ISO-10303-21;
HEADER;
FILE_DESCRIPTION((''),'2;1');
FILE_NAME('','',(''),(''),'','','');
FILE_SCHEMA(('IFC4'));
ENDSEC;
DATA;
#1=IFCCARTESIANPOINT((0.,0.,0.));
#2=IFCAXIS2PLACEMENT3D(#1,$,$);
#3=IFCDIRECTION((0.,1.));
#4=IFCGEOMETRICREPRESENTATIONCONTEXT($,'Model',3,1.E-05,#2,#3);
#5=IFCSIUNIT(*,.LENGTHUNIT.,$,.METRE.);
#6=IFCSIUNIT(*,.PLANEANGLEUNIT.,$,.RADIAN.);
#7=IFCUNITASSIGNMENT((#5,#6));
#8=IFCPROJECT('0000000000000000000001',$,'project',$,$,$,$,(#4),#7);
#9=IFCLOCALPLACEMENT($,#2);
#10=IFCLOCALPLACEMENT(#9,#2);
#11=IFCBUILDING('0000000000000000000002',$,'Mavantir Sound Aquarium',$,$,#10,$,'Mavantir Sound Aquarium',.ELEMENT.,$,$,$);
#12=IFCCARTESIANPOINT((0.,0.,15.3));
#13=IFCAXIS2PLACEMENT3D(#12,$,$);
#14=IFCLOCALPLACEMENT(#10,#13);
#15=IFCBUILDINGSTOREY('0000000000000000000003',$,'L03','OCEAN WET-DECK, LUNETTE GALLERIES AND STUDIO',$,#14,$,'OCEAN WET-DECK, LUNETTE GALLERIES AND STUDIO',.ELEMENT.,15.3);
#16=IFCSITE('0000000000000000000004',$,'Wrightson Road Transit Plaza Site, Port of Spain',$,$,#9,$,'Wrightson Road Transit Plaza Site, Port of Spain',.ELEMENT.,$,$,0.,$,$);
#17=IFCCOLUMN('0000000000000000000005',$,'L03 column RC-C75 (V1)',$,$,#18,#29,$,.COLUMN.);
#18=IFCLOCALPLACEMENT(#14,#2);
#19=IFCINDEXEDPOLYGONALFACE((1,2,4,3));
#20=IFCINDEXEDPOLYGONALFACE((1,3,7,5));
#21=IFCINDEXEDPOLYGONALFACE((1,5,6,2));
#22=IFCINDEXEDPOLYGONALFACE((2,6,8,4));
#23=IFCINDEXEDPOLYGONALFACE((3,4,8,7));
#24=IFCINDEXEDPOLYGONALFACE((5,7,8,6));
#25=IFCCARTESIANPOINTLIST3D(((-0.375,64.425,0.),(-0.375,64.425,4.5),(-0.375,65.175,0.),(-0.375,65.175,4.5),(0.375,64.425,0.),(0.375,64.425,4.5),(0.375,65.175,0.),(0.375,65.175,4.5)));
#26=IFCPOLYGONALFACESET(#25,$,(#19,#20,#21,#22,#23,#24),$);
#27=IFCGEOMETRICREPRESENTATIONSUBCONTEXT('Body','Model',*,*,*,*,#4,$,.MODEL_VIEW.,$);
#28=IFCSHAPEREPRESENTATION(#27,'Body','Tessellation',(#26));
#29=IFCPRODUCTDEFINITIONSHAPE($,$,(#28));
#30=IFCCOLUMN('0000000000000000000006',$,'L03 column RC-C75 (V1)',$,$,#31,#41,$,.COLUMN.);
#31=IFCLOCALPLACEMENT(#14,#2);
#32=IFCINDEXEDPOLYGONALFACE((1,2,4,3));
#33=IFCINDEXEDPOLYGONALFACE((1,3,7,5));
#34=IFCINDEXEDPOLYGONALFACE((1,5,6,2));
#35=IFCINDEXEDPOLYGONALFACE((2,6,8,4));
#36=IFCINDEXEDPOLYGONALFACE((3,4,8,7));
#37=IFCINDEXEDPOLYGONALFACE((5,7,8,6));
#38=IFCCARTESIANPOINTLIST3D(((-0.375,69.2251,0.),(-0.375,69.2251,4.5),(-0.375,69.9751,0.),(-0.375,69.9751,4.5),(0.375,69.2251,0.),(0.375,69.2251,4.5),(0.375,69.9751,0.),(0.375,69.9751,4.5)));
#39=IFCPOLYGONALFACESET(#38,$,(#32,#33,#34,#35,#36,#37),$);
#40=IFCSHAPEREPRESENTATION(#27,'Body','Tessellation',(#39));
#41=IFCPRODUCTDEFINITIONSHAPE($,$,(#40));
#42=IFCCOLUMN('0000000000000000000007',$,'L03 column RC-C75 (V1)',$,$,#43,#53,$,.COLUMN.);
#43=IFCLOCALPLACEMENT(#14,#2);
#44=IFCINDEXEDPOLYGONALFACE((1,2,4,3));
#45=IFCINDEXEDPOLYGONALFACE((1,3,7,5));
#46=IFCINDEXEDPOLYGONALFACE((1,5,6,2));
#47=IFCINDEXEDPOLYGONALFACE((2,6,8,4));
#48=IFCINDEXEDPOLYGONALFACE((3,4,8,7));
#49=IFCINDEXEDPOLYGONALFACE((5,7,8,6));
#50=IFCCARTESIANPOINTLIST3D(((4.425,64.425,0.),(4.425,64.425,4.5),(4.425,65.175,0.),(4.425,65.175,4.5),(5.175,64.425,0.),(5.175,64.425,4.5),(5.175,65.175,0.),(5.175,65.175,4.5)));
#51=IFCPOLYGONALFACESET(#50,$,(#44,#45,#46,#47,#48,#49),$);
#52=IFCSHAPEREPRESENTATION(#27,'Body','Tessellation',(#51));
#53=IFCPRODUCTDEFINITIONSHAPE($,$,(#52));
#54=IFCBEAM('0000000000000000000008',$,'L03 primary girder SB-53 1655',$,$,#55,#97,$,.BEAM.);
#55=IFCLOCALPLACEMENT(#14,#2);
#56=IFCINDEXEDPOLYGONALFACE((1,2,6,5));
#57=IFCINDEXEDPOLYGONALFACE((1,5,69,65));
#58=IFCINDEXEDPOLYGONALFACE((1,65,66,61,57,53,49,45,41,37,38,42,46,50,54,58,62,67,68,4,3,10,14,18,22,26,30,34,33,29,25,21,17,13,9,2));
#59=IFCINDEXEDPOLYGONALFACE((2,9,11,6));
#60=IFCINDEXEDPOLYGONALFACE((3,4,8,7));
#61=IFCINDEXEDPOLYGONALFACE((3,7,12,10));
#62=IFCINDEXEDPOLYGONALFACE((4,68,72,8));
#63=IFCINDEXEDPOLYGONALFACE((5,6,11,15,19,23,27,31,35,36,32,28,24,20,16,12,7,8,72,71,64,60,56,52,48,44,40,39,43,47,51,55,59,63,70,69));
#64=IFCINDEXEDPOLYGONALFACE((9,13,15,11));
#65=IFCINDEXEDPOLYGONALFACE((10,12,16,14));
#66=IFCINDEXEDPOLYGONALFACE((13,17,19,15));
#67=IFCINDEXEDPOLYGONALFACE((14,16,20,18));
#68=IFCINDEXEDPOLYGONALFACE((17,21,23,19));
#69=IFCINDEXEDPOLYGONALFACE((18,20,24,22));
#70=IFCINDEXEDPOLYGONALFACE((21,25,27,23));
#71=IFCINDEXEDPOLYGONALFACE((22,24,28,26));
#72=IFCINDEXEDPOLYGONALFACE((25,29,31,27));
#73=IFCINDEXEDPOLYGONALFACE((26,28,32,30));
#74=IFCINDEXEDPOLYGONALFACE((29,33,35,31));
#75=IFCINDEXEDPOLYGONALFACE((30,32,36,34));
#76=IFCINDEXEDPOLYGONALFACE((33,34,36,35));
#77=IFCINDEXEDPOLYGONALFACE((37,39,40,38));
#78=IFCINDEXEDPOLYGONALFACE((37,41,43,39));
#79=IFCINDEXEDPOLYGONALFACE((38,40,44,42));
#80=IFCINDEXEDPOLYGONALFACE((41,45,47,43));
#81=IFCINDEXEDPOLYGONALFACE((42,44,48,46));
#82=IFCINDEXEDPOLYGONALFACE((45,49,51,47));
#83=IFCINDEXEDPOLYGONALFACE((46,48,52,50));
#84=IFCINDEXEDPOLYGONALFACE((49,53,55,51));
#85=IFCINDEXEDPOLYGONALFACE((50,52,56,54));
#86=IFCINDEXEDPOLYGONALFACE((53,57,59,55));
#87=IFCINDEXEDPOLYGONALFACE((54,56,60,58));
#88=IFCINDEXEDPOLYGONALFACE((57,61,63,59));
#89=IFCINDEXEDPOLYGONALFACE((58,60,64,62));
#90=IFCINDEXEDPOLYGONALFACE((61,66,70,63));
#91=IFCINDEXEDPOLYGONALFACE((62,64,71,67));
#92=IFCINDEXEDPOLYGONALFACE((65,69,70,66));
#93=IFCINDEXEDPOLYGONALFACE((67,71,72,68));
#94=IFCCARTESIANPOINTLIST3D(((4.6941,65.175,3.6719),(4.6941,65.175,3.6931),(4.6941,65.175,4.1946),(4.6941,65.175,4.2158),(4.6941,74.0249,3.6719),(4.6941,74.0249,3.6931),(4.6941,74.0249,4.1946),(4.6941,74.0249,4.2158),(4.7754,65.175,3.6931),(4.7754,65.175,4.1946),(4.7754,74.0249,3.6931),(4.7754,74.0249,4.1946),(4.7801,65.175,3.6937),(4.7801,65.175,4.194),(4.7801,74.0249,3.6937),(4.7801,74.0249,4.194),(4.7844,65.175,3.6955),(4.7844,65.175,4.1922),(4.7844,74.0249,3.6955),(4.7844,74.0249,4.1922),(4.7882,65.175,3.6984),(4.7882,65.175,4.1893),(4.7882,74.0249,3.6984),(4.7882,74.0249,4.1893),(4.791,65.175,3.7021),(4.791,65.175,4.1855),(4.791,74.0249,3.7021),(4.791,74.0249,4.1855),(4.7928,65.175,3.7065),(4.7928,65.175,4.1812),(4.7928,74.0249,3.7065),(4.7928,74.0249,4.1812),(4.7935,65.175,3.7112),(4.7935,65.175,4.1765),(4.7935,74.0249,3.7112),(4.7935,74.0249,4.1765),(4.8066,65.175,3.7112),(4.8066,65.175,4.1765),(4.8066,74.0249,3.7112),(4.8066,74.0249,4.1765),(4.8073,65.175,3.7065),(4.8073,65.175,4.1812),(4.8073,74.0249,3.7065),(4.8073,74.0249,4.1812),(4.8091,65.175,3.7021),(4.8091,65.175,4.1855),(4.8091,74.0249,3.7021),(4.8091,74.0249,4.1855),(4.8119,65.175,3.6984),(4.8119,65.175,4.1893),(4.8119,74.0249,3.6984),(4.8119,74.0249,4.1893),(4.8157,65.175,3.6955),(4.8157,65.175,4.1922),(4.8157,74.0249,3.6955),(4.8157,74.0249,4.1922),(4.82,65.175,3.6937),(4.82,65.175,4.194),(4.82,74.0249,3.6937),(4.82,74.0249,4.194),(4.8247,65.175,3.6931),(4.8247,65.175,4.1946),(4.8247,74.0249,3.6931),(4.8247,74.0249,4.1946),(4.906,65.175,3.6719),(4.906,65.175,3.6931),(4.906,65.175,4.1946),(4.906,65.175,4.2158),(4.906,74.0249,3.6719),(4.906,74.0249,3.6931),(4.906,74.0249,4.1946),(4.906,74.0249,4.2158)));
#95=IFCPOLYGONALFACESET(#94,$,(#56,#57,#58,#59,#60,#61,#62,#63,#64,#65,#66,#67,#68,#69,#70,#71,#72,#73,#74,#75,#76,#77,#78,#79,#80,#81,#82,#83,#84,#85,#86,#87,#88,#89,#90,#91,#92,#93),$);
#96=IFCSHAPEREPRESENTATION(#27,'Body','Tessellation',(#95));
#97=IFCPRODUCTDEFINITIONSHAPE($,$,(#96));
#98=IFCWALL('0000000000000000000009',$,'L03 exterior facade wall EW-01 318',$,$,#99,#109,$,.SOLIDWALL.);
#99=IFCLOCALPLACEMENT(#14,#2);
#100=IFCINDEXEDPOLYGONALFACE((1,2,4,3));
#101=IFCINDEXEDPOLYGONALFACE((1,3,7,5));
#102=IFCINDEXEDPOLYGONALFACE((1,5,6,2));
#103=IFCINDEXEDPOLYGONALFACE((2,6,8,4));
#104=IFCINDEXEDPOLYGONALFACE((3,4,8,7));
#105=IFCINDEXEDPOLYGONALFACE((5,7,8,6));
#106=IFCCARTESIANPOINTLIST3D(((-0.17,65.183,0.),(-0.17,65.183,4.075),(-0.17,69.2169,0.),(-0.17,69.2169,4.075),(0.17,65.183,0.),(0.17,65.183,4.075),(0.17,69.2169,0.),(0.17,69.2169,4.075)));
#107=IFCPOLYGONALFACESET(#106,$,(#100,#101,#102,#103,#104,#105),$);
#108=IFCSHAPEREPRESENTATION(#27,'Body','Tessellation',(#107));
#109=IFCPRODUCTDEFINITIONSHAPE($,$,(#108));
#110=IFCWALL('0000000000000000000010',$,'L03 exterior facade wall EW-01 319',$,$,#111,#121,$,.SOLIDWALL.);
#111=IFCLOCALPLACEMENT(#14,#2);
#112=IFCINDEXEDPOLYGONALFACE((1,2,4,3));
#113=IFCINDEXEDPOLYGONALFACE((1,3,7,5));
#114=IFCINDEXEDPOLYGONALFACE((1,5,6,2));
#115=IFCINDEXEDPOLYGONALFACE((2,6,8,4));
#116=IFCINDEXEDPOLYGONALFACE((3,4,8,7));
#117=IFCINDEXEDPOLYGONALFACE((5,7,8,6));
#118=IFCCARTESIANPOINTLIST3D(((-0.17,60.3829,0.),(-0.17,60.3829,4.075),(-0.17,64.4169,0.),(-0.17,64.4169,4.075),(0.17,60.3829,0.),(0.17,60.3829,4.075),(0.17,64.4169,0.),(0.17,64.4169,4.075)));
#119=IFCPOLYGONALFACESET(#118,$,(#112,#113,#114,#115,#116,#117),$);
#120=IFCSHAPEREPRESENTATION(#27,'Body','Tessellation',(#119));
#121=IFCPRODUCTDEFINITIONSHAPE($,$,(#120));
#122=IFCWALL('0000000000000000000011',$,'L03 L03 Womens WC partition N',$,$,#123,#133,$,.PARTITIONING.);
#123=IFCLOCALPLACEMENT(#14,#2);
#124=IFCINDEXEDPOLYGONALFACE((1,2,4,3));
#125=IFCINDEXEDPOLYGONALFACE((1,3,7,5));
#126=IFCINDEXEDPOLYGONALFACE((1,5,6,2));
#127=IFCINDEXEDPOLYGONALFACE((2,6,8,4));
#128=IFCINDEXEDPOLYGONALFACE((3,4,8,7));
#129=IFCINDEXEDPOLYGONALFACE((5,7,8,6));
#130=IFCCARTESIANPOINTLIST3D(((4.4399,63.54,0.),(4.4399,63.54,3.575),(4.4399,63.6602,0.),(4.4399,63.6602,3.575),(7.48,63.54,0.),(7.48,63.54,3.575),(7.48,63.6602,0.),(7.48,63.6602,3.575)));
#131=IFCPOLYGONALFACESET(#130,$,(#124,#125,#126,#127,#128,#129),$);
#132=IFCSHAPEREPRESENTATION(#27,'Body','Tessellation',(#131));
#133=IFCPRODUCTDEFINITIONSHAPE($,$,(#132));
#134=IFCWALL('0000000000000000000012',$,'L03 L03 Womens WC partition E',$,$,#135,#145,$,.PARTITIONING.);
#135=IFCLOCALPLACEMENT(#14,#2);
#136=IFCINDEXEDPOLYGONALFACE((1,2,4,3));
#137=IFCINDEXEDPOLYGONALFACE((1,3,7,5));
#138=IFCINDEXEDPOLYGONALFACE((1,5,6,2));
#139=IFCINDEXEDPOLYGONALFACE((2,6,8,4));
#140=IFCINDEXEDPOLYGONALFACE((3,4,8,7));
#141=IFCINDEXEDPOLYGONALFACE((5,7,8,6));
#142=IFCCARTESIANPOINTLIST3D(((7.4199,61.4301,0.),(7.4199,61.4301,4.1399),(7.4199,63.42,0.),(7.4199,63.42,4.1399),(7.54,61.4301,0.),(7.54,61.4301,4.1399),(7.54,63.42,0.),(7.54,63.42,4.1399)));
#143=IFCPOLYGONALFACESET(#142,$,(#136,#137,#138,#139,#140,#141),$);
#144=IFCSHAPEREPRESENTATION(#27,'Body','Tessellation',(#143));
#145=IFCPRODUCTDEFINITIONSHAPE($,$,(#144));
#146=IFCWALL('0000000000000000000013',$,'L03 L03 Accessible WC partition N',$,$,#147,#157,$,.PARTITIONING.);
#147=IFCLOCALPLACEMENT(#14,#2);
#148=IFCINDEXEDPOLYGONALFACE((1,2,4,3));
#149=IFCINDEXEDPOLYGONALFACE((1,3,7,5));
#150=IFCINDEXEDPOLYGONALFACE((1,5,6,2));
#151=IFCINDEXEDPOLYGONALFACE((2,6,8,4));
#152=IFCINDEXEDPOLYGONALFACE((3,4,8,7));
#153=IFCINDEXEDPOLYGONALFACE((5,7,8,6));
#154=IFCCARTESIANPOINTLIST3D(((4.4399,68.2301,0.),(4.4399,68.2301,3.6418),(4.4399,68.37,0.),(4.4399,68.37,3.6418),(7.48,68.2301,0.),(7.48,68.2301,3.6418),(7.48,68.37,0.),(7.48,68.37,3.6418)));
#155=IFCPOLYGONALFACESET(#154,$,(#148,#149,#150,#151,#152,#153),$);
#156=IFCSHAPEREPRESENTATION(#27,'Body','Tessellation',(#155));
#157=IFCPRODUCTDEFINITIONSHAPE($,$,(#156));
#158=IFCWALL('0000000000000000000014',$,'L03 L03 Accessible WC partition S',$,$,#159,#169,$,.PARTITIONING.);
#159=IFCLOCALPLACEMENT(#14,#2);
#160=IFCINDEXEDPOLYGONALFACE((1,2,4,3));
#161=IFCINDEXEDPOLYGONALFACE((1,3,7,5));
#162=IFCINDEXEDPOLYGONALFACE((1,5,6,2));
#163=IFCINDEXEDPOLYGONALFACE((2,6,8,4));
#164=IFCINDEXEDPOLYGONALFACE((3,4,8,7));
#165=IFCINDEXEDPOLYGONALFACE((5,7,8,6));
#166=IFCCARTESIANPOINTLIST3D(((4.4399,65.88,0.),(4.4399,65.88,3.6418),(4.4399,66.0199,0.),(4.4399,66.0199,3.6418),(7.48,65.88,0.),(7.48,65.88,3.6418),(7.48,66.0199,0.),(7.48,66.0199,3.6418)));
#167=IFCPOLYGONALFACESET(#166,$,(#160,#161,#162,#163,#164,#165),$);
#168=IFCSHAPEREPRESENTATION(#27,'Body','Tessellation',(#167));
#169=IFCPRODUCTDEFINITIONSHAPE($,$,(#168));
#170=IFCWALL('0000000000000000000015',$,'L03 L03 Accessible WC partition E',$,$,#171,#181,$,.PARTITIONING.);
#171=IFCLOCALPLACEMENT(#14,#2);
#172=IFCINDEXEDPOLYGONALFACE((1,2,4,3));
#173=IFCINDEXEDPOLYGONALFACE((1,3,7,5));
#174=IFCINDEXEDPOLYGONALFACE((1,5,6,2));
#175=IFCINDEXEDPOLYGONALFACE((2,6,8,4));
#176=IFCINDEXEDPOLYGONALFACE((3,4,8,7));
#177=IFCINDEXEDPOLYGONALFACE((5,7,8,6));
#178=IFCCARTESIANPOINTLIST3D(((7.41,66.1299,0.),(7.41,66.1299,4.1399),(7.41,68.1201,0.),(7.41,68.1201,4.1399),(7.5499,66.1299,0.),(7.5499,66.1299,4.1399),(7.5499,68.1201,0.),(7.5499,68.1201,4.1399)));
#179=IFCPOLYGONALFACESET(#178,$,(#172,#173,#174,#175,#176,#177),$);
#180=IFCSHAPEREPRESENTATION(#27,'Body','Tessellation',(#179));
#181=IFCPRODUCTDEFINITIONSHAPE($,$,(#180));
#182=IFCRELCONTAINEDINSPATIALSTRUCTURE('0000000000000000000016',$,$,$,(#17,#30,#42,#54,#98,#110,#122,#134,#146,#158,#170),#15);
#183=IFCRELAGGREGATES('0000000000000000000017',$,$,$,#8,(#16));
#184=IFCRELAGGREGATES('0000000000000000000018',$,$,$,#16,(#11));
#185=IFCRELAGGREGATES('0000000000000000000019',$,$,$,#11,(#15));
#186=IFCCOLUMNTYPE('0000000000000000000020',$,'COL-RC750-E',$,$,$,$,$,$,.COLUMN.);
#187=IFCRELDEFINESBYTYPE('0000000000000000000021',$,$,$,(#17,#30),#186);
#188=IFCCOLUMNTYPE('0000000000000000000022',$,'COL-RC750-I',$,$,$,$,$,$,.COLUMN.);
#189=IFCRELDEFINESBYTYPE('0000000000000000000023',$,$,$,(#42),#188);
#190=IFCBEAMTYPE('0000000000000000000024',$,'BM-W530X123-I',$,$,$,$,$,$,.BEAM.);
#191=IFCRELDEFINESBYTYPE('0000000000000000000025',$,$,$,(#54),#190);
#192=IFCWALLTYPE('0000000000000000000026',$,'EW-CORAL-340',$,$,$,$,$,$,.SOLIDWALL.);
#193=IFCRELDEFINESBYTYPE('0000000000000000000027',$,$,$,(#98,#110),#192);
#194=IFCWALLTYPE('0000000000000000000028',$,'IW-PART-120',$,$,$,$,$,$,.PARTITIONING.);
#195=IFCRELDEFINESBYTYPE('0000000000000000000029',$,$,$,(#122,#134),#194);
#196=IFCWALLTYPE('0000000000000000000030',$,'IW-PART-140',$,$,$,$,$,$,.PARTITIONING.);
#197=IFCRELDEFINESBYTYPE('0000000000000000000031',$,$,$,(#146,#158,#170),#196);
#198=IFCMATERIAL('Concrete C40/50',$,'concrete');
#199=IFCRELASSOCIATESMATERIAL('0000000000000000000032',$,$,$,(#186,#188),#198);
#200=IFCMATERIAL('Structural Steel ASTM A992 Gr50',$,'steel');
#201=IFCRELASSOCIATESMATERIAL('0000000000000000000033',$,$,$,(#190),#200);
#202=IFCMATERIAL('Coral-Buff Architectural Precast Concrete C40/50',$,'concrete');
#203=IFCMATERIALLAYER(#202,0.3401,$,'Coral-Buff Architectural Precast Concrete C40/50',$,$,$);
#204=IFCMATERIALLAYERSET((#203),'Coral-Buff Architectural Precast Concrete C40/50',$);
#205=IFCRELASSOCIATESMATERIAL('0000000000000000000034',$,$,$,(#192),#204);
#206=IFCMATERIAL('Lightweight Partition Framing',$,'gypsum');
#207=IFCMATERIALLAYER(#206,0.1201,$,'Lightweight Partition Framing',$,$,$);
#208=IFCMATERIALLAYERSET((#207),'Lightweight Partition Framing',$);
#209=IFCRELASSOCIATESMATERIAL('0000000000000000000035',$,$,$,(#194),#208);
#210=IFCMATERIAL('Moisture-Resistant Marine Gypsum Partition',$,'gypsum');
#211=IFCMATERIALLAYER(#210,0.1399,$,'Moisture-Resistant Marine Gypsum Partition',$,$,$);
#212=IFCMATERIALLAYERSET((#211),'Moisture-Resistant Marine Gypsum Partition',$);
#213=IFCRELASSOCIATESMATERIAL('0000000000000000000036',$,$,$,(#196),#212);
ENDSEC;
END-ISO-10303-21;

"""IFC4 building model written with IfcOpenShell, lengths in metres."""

from ifc_helpers import new_model, si_unit, direction, frame, frame_2d, origin, origin_2d, place, context, subcontext, project, spatial, rectangle, i_section, extrude, material, layer, layer_set, material_profile, profile_set, type_object, element, save


model = new_model("IFC4")

# Units and contexts
model_context = context("Model", 3, precision=1e-05, world=origin(), true_north=direction((0.0, 1.0)))
body_context = subcontext(model_context, "Body", "Model", "MODEL_VIEW")
ifc_project = project(units=[si_unit("LENGTHUNIT", "METRE"), si_unit("PLANEANGLEUNIT", "RADIAN")], contexts=[model_context])

# Site, building, storey
site_placement = place(None, origin())
site = spatial("IfcSite", under=ifc_project, at=site_placement, Name="Wrightson Road Transit Plaza Site, Port of Spain", LongName="Wrightson Road Transit Plaza Site, Port of Spain", CompositionType="ELEMENT", RefElevation=0.0)
building_placement = place(site_placement, origin())
building = spatial("IfcBuilding", under=site, at=building_placement, Name="Mavantir Sound Aquarium", LongName="Mavantir Sound Aquarium", CompositionType="ELEMENT")
storey_placement = place(building_placement, frame((0.0, 0.0, 15.3)))
storey = spatial("IfcBuildingStorey", under=building, at=storey_placement, Name="L03", Description="OCEAN WET-DECK, LUNETTE GALLERIES AND STUDIO", LongName="OCEAN WET-DECK, LUNETTE GALLERIES AND STUDIO", CompositionType="ELEMENT", Elevation=15.3)

# Columns
ifc_material_1 = material(Name="Concrete C40/50", Category="concrete")
ifc_material_profile_1 = material_profile(ifc_material_1, rectangle(XDim=0.75, YDim=0.75, at=origin_2d()), Name="RC 750X750")
ifc_profile_set_1 = profile_set([ifc_material_profile_1], Name="Concrete C40/50")
column_type_1 = type_object("IfcColumnType", Name="COL-RC750-E", PredefinedType="COLUMN", material=ifc_profile_set_1)
for number, where, z_axis, x_axis, name in (
    (1, (0.0, 64.8, 0.0), (0.0, 0.0, 1.0), (1.0, 0.0, 0.0), "L03 column RC-C75 (V1)"),
    (2, (0.0, 69.6001, 0.0), (0.0, 0.0, 1.0), (1.0, 0.0, 0.0), "L03 column RC-C75 (V1)"),
):
    element("IfcColumn", number, at=place(storey_placement, frame(where, z_axis=z_axis, x_axis=x_axis)), inside=storey, type_object=column_type_1, Name=name, PredefinedType="COLUMN", context=body_context, shape_type="SweptSolid", body=[
        extrude(rectangle(XDim=0.75, YDim=0.75, at=origin_2d()), origin(), (0.0, 0.0, 1.0), 4.5),
    ])
ifc_material_profile_2 = material_profile(ifc_material_1, rectangle(XDim=0.75, YDim=0.75, at=origin_2d()), Name="RC 750X750")
ifc_profile_set_2 = profile_set([ifc_material_profile_2], Name="Concrete C40/50")
column_type_2 = type_object("IfcColumnType", Name="COL-RC750-I", PredefinedType="COLUMN", material=ifc_profile_set_2)
column_placement = place(storey_placement, frame((4.8, 64.8, 0.0), z_axis=(0.0, 0.0, 1.0), x_axis=(1.0, 0.0, 0.0)))
element("IfcColumn", 3, at=column_placement, inside=storey, type_object=column_type_2, Name="L03 column RC-C75 (V1)", PredefinedType="COLUMN", context=body_context, shape_type="SweptSolid", body=[
    extrude(rectangle(XDim=0.75, YDim=0.75, at=origin_2d()), origin(), (0.0, 0.0, 1.0), 4.5),
])

# Beam
ifc_material_2 = material(Name="Structural Steel ASTM A992 Gr50", Category="steel")
ifc_material_profile_3 = material_profile(ifc_material_2, i_section(OverallWidth=0.2119, OverallDepth=0.5439, WebThickness=0.0132, FlangeThickness=0.0212, FilletRadius=0.0181, at=origin_2d()), Name="W530X123")
ifc_profile_set_3 = profile_set([ifc_material_profile_3], Name="Structural Steel ASTM A992 Gr50")
beam_type = type_object("IfcBeamType", Name="BM-W530X123-I", PredefinedType="BEAM", material=ifc_profile_set_3)
beam_placement = place(storey_placement, frame((4.8, 65.175, 3.9438), z_axis=(0.0, 1.0, 0.0), x_axis=(-1.0, 0.0, 0.0)))
element("IfcBeam", 4, at=beam_placement, inside=storey, type_object=beam_type, Name="L03 primary girder SB-53 1655", PredefinedType="BEAM", context=body_context, shape_type="SweptSolid", body=[
    extrude(i_section(OverallWidth=0.2119, OverallDepth=0.5439, WebThickness=0.0132, FlangeThickness=0.0212, FilletRadius=0.0181, at=origin_2d()), origin(), (0.0, 0.0, 1.0), 8.8499),
])

# Walls
ifc_material_3 = material(Name="Coral-Buff Architectural Precast Concrete C40/50", Category="concrete")
ifc_layer_1 = layer(ifc_material_3, 0.3401, Name="Coral-Buff Architectural Precast Concrete C40/50")
ifc_layer_set_1 = layer_set([ifc_layer_1], Name="Coral-Buff Architectural Precast Concrete C40/50")
wall_type_1 = type_object("IfcWallType", Name="EW-CORAL-340", PredefinedType="SOLIDWALL", material=ifc_layer_set_1)
for number, where, z_axis, x_axis, name in (
    (5, (0.0, 69.217, 0.0), (0.0, 0.0, 1.0), (0.0, -1.0, 0.0), "L03 exterior facade wall EW-01 318"),
    (6, (0.0, 64.417, 0.0), (0.0, 0.0, 1.0), (0.0, -1.0, 0.0), "L03 exterior facade wall EW-01 319"),
):
    element("IfcWall", number, at=place(storey_placement, frame(where, z_axis=z_axis, x_axis=x_axis)), inside=storey, type_object=wall_type_1, Name=name, PredefinedType="SOLIDWALL", context=body_context, shape_type="SweptSolid", body=[
        extrude(rectangle(XDim=4.0339, YDim=0.3401, at=frame_2d((2.0171, 0.0))), origin(), (0.0, 0.0, 1.0), 4.075),
    ])
ifc_material_4 = material(Name="Lightweight Partition Framing", Category="gypsum")
ifc_layer_2 = layer(ifc_material_4, 0.1201, Name="Lightweight Partition Framing")
ifc_layer_set_2 = layer_set([ifc_layer_2], Name="Lightweight Partition Framing")
wall_type_2 = type_object("IfcWallType", Name="IW-PART-120", PredefinedType="PARTITIONING", material=ifc_layer_set_2)
wall_1_placement = place(storey_placement, frame((4.4399, 63.6001, 0.0), z_axis=(0.0, 0.0, 1.0), x_axis=(1.0, 0.0, 0.0)))
element("IfcWall", 7, at=wall_1_placement, inside=storey, type_object=wall_type_2, Name="L03 L03 Womens WC partition N", PredefinedType="PARTITIONING", context=body_context, shape_type="SweptSolid", body=[
    extrude(rectangle(XDim=3.04, YDim=0.1201, at=frame_2d((1.52, 0.0))), origin(), (0.0, 0.0, 1.0), 3.575),
])

# Walls
wall_2_placement = place(storey_placement, frame((7.48, 61.4299, 0.0), z_axis=(0.0, 0.0, 1.0), x_axis=(0.0, 1.0, 0.0)))
element("IfcWall", 8, at=wall_2_placement, inside=storey, type_object=wall_type_2, Name="L03 L03 Womens WC partition E", PredefinedType="PARTITIONING", context=body_context, shape_type="SweptSolid", body=[
    extrude(rectangle(XDim=1.99, YDim=0.1201, at=frame_2d((0.9951, 0.0))), origin(), (0.0, 0.0, 1.0), 4.1399),
])
ifc_material_5 = material(Name="Moisture-Resistant Marine Gypsum Partition", Category="gypsum")
ifc_layer_3 = layer(ifc_material_5, 0.1399, Name="Moisture-Resistant Marine Gypsum Partition")
ifc_layer_set_3 = layer_set([ifc_layer_3], Name="Moisture-Resistant Marine Gypsum Partition")
wall_type_3 = type_object("IfcWallType", Name="IW-PART-140", PredefinedType="PARTITIONING", material=ifc_layer_set_3)
for number, where, z_axis, x_axis, name in (
    (9, (4.4399, 68.3, 0.0), (0.0, 0.0, 1.0), (1.0, 0.0, 0.0), "L03 L03 Accessible WC partition N"),
    (10, (4.4399, 65.95, 0.0), (0.0, 0.0, 1.0), (1.0, 0.0, 0.0), "L03 L03 Accessible WC partition S"),
):
    element("IfcWall", number, at=place(storey_placement, frame(where, z_axis=z_axis, x_axis=x_axis)), inside=storey, type_object=wall_type_3, Name=name, PredefinedType="PARTITIONING", context=body_context, shape_type="SweptSolid", body=[
        extrude(rectangle(XDim=3.04, YDim=0.1399, at=frame_2d((1.52, 0.0))), origin(), (0.0, 0.0, 1.0), 3.6418),
    ])

# Wall
wall_3_placement = place(storey_placement, frame((7.48, 66.1299, 0.0), z_axis=(0.0, 0.0, 1.0), x_axis=(0.0, 1.0, 0.0)))
element("IfcWall", 11, at=wall_3_placement, inside=storey, type_object=wall_type_3, Name="L03 L03 Accessible WC partition E", PredefinedType="PARTITIONING", context=body_context, shape_type="SweptSolid", body=[
    extrude(rectangle(XDim=1.9902, YDim=0.1399, at=frame_2d((0.9951, 0.0))), origin(), (0.0, 0.0, 1.0), 4.1399),
])

save(model, "model.ifc")
